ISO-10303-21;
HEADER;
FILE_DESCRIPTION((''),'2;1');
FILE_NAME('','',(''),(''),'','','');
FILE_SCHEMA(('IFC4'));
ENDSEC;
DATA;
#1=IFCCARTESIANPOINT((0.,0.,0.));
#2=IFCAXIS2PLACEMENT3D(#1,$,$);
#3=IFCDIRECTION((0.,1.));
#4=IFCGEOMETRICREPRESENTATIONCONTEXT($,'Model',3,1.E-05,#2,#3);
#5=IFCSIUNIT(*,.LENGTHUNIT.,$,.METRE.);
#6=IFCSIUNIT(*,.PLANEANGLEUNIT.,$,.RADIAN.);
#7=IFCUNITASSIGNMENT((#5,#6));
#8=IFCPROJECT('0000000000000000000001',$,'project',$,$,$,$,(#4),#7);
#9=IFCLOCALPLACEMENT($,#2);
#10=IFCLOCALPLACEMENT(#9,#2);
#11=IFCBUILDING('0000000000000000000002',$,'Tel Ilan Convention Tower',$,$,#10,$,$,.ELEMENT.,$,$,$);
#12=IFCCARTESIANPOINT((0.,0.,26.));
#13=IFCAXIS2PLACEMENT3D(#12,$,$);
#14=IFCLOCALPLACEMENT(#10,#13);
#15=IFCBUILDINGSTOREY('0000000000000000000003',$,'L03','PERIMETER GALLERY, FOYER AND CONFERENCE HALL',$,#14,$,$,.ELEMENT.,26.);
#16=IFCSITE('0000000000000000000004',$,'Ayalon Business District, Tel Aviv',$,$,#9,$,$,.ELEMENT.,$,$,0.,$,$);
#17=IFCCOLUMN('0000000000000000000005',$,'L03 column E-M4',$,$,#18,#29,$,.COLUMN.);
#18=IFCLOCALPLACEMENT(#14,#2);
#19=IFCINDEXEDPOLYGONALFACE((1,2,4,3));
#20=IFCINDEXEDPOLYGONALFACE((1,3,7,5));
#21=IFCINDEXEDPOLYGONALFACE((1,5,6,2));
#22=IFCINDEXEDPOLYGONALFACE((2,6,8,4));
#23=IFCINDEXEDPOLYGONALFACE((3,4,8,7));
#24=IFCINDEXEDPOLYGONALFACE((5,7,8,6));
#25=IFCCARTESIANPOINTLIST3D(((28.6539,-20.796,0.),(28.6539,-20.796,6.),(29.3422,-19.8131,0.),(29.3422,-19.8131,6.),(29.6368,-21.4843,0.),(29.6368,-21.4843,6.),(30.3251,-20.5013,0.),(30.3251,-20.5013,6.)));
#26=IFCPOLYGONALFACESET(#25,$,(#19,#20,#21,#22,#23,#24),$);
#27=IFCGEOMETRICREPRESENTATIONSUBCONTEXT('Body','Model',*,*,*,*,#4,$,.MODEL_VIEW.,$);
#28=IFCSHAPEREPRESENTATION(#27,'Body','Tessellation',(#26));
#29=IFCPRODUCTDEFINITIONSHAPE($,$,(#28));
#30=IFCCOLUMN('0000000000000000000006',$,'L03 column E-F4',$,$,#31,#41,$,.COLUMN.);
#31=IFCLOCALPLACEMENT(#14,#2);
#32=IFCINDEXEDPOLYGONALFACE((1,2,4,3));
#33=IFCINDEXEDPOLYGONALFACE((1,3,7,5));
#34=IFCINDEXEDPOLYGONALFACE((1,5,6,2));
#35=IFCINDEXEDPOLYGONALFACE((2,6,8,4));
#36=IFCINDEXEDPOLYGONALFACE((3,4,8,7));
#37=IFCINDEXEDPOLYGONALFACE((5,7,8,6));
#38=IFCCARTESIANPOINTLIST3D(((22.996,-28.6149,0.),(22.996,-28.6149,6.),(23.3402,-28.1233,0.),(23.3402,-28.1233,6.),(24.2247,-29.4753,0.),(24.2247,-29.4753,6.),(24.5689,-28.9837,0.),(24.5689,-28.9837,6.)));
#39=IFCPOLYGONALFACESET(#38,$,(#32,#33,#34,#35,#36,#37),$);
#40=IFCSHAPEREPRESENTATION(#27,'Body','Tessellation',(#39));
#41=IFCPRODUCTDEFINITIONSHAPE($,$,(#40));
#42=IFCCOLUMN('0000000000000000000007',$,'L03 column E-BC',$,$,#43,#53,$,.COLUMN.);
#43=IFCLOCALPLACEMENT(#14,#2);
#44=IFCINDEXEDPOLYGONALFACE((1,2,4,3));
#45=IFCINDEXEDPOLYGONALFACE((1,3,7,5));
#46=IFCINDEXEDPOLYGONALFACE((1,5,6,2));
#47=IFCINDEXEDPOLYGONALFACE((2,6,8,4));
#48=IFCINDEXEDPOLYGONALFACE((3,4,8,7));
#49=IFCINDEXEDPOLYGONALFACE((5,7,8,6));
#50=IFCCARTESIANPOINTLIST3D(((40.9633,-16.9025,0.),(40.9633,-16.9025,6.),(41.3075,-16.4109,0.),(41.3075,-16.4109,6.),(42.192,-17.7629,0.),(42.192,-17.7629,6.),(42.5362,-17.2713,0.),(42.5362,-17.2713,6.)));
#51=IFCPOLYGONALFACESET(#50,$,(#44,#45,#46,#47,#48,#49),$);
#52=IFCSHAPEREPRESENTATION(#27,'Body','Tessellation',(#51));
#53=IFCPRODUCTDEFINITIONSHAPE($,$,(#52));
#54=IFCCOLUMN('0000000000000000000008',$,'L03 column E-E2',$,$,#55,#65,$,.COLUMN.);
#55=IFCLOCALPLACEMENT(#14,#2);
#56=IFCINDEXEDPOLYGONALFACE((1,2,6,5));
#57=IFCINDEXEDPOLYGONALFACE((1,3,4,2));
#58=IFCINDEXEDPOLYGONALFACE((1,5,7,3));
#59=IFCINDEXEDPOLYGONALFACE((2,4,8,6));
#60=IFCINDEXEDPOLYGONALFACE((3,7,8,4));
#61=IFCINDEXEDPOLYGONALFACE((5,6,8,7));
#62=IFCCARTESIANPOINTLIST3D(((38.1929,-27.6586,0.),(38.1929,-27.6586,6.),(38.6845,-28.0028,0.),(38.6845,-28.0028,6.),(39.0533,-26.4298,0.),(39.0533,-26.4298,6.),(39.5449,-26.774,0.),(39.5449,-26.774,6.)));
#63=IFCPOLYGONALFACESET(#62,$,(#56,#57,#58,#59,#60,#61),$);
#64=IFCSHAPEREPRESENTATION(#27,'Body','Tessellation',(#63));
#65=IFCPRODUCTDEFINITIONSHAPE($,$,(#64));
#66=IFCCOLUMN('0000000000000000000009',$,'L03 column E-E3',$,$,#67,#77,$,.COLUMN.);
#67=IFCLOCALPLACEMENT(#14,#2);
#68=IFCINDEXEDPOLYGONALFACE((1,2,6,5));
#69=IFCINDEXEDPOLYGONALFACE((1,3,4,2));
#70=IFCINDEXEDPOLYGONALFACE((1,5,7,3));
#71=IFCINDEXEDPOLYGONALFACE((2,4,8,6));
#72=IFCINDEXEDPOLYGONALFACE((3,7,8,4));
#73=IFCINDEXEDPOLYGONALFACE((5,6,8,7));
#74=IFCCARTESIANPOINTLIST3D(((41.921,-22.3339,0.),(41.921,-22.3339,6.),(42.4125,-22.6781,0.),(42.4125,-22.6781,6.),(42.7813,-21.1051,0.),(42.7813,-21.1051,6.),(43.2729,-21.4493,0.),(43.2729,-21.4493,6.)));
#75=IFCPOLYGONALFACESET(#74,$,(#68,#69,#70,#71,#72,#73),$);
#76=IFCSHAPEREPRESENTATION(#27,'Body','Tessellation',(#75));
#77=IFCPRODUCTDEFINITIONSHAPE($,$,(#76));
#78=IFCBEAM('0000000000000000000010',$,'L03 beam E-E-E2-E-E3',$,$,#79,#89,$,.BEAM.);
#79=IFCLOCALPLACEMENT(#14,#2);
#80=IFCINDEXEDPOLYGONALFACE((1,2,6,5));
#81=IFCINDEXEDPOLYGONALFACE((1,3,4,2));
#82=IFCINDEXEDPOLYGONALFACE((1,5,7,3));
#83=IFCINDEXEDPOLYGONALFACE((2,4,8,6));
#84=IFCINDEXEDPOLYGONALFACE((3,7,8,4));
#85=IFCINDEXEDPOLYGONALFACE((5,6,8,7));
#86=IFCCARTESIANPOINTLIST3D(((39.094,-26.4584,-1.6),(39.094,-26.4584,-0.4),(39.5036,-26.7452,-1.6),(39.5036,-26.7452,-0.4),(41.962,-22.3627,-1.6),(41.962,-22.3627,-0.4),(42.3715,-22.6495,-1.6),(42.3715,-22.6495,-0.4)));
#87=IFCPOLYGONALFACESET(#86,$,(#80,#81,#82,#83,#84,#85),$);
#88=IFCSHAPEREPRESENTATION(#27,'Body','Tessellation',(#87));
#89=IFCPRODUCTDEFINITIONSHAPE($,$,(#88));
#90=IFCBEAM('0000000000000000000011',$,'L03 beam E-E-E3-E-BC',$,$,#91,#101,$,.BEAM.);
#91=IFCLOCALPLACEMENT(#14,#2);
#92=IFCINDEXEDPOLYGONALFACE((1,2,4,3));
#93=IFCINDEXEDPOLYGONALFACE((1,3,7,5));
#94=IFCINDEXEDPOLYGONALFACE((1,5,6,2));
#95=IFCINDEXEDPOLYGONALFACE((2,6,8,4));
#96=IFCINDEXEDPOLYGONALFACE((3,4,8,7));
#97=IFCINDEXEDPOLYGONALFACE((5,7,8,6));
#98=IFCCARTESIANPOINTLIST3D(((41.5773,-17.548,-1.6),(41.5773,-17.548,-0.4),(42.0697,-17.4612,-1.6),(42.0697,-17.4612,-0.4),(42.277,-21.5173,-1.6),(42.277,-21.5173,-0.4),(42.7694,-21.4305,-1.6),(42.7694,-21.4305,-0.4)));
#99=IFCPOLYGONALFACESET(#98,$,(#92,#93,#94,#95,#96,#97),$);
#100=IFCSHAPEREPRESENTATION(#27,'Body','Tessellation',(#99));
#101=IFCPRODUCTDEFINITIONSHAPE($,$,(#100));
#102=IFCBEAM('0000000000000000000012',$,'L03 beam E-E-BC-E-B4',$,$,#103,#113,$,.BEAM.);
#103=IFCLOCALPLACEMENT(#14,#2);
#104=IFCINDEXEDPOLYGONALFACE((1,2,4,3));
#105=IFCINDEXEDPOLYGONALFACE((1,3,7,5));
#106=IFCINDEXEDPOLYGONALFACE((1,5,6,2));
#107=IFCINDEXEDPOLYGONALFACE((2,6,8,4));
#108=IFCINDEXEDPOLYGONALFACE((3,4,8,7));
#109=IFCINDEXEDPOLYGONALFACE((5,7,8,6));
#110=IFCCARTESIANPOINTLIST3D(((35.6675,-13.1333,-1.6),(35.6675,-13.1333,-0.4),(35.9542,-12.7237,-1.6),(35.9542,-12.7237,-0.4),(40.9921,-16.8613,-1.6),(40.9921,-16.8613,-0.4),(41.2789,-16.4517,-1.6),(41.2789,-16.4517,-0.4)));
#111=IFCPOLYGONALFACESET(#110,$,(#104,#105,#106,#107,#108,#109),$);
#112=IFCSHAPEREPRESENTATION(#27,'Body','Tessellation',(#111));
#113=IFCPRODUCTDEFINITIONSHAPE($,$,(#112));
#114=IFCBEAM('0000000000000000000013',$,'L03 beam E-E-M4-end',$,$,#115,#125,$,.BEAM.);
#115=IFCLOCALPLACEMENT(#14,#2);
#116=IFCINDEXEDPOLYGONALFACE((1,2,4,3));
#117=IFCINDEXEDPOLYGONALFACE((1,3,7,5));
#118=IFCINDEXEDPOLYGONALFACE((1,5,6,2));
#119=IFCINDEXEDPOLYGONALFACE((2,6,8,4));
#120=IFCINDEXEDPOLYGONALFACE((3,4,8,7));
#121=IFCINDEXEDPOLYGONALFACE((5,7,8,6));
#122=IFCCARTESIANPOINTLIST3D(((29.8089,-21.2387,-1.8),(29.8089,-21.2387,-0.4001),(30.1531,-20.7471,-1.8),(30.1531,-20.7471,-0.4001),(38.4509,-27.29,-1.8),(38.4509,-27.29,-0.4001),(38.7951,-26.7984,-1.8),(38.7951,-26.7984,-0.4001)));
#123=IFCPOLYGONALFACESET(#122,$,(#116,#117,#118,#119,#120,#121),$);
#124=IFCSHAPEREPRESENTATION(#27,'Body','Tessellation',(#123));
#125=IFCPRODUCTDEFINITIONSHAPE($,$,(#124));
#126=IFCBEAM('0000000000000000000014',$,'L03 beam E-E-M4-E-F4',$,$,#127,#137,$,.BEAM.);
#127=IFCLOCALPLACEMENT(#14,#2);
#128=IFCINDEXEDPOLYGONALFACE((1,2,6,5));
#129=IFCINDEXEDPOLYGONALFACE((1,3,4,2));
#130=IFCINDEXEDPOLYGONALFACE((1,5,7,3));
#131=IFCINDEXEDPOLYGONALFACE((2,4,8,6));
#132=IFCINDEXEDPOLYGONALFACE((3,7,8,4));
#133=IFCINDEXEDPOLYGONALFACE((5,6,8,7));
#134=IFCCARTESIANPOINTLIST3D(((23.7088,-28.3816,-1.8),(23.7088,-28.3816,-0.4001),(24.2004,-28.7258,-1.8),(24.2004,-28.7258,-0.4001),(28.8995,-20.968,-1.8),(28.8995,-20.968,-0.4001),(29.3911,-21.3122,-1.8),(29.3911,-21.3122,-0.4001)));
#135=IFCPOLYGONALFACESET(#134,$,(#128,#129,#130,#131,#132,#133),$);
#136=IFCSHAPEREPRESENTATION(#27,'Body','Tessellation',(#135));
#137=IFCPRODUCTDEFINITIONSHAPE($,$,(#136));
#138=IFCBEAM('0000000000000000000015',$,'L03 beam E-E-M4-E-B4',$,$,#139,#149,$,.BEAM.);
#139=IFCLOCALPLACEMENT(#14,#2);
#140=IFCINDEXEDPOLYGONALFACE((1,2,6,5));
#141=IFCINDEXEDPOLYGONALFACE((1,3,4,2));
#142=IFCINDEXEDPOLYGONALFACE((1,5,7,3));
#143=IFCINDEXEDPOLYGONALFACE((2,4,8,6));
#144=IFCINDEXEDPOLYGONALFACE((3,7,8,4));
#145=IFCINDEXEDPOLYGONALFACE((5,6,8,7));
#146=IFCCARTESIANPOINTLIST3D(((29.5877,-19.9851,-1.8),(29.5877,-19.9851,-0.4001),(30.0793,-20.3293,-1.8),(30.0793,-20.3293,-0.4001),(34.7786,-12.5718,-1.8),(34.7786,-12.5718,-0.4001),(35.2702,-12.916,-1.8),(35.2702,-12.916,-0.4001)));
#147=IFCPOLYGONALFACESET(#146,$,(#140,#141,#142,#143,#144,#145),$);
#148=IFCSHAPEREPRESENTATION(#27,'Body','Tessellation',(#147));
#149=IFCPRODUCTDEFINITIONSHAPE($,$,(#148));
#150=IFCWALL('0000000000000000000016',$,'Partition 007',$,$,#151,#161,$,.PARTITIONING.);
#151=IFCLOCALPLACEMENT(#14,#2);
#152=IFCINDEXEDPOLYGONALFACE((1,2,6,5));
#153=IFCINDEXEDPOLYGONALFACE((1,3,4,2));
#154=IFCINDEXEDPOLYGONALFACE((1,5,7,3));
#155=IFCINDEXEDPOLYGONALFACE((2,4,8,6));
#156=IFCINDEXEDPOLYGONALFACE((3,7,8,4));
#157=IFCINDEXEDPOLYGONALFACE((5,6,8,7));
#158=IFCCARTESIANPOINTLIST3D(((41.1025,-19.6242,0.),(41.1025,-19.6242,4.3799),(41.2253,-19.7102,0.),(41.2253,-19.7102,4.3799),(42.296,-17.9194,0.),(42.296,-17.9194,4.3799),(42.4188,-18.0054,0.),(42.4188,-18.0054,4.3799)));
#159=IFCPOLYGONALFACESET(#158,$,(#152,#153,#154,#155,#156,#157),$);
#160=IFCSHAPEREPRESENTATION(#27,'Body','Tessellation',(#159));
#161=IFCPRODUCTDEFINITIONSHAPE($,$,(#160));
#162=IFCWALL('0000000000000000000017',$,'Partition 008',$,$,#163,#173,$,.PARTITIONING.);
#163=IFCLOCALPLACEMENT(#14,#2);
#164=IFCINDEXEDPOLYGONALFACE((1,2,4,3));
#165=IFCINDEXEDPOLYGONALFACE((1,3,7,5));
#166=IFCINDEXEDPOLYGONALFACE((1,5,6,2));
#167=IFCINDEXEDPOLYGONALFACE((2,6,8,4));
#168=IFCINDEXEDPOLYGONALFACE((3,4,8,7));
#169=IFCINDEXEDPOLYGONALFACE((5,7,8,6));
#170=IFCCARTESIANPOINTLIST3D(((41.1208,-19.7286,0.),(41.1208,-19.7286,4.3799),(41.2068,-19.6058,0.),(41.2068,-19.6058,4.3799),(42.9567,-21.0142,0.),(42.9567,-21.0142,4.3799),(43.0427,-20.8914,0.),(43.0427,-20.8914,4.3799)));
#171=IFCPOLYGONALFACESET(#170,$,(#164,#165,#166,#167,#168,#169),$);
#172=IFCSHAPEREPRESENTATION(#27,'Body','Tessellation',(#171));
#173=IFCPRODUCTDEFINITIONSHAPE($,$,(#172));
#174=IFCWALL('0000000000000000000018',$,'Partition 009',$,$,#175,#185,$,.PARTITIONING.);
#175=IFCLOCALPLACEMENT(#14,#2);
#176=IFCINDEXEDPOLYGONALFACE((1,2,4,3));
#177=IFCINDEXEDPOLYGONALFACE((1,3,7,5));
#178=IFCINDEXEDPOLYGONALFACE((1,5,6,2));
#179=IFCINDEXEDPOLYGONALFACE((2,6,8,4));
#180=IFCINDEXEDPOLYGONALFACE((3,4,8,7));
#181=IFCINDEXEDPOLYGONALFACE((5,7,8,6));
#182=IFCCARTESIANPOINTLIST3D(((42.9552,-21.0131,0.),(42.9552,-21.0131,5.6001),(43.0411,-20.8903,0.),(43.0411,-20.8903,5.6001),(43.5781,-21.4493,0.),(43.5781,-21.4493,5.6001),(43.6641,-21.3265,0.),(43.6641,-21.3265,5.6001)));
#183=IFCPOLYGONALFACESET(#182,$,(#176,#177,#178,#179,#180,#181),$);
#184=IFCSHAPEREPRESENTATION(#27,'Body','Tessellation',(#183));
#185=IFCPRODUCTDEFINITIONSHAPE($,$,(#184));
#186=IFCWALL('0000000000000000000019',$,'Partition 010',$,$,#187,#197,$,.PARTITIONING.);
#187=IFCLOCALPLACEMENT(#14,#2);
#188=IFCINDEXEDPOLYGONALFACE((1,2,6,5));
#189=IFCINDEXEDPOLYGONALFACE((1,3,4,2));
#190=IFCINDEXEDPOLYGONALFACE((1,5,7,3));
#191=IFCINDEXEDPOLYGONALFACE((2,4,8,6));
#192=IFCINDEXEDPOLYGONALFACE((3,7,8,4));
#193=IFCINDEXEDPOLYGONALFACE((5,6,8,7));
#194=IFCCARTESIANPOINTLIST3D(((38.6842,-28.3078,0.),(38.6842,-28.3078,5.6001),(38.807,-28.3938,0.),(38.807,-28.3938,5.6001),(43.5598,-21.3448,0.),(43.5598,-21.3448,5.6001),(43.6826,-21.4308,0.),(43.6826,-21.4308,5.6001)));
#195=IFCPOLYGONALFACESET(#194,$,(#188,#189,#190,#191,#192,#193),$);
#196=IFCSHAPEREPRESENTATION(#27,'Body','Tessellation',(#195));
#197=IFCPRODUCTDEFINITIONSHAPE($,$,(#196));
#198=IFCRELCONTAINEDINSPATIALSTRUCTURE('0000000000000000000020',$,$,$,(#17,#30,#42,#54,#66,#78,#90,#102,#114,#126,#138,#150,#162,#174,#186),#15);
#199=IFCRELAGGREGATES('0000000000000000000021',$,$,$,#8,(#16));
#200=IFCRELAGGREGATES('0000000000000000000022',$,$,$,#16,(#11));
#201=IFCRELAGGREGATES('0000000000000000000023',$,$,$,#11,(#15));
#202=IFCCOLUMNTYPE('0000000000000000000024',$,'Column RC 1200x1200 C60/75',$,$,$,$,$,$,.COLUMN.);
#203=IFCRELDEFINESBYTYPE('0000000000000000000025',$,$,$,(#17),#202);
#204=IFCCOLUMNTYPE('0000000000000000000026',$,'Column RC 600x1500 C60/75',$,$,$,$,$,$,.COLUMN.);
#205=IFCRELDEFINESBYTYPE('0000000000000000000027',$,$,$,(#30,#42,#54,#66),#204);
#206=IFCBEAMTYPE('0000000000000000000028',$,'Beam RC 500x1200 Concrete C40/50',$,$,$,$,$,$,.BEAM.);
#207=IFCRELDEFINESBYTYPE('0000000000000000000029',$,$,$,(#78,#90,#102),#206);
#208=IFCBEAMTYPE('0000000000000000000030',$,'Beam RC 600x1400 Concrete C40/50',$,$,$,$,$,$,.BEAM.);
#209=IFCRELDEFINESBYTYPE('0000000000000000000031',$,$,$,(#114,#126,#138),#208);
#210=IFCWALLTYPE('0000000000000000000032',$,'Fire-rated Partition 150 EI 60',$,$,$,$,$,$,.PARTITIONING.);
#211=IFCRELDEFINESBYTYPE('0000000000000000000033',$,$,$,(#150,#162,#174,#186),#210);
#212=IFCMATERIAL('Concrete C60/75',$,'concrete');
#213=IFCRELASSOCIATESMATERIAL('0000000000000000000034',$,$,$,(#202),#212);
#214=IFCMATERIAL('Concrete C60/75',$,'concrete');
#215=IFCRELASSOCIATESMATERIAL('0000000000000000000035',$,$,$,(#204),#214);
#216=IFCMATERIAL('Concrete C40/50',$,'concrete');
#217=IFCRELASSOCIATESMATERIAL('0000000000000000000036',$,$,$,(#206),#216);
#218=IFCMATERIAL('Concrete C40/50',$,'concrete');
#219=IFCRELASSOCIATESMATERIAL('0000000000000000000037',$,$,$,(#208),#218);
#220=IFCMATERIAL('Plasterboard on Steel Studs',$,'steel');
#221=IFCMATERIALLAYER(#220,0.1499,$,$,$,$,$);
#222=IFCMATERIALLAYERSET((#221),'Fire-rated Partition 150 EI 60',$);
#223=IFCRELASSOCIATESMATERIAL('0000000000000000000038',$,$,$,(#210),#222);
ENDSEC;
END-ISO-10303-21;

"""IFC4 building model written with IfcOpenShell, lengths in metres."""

from ifc_helpers import new_model, si_unit, direction, frame, frame_2d, origin, origin_2d, place, context, subcontext, project, spatial, rectangle, extrude, material, layer, layer_set, material_profile, profile_set, type_object, element, save


model = new_model("IFC4")

# Units and contexts
model_context = context("Model", 3, precision=1e-05, world=origin(), true_north=direction((0.0, 1.0)))
body_context = subcontext(model_context, "Body", "Model", "MODEL_VIEW")
ifc_project = project(units=[si_unit("LENGTHUNIT", "METRE"), si_unit("PLANEANGLEUNIT", "RADIAN")], contexts=[model_context])

# Site, building, storey
site_placement = place(None, origin())
site = spatial("IfcSite", under=ifc_project, at=site_placement, Name="Ayalon Business District, Tel Aviv", CompositionType="ELEMENT", RefElevation=0.0)
building_placement = place(site_placement, origin())
building = spatial("IfcBuilding", under=site, at=building_placement, Name="Tel Ilan Convention Tower", CompositionType="ELEMENT")
storey_placement = place(building_placement, frame((0.0, 0.0, 26.0)))
storey = spatial("IfcBuildingStorey", under=building, at=storey_placement, Name="L03", Description="PERIMETER GALLERY, FOYER AND CONFERENCE HALL", CompositionType="ELEMENT", Elevation=26.0)

# Columns
ifc_material_1 = material(Name="Concrete C60/75", Category="concrete")
ifc_material_profile_1 = material_profile(ifc_material_1, rectangle(XDim=1.2, YDim=1.2, at=origin_2d()), Name="RC 1200x1200")
ifc_profile_set_1 = profile_set([ifc_material_profile_1], Name="Concrete C60/75")
column_type_1 = type_object("IfcColumnType", Name="Column RC 1200x1200 C60/75", PredefinedType="COLUMN", material=ifc_profile_set_1)
column_placement = place(storey_placement, frame((29.4895, -20.6487, 0.0), z_axis=(0.0, 0.0, 1.0), x_axis=(0.819152, -0.573576, 0.0)))
element("IfcColumn", 1, at=column_placement, inside=storey, type_object=column_type_1, Name="L03 column E-M4", PredefinedType="COLUMN", context=body_context, shape_type="SweptSolid", body=[
    extrude(rectangle(XDim=1.2, YDim=1.2, at=origin_2d()), origin(), (0.0, 0.0, 1.0), 6.0),
])
ifc_material_2 = material(Name="Concrete C60/75", Category="concrete")
ifc_material_profile_2 = material_profile(ifc_material_2, rectangle(XDim=1.5, YDim=0.6001, at=origin_2d()), Name="RC 600x1500")
ifc_profile_set_2 = profile_set([ifc_material_profile_2], Name="Concrete C60/75")
column_type_2 = type_object("IfcColumnType", Name="Column RC 600x1500 C60/75", PredefinedType="COLUMN", material=ifc_profile_set_2)
for number, where, z_axis, x_axis, name in (
    (2, (23.7825, -28.7993, 0.0), (0.0, 0.0, 1.0), (0.819152, -0.573576, 0.0), "L03 column E-F4"),
    (3, (41.7498, -17.0869, 0.0), (0.0, 0.0, 1.0), (0.819152, -0.573576, 0.0), "L03 column E-BC"),
    (4, (38.8689, -27.2163, 0.0), (0.0, 0.0, 1.0), (0.573576, 0.819152, 0.0), "L03 column E-E2"),
    (5, (42.5969, -21.8916, 0.0), (0.0, 0.0, 1.0), (0.573576, 0.819152, 0.0), "L03 column E-E3"),
):
    element("IfcColumn", number, at=place(storey_placement, frame(where, z_axis=z_axis, x_axis=x_axis)), inside=storey, type_object=column_type_2, Name=name, PredefinedType="COLUMN", context=body_context, shape_type="SweptSolid", body=[
        extrude(rectangle(XDim=1.5, YDim=0.6001, at=origin_2d()), origin(), (0.0, 0.0, 1.0), 6.0),
    ])

# Beams
ifc_material_3 = material(Name="Concrete C40/50", Category="concrete")
ifc_material_profile_3 = material_profile(ifc_material_3, rectangle(XDim=0.5, YDim=1.2, at=origin_2d()), Name="RC 500x1200")
ifc_profile_set_3 = profile_set([ifc_material_profile_3], Name="Concrete C40/50")
beam_type_1 = type_object("IfcBeamType", Name="Beam RC 500x1200 Concrete C40/50", PredefinedType="BEAM", material=ifc_profile_set_3)
beam_1_placement = place(storey_placement, frame((39.2988, -26.6018, -1.0), z_axis=(0.573587, 0.819145, 0.0), x_axis=(-0.819145, 0.573587, 0.0)))
element("IfcBeam", 6, at=beam_1_placement, inside=storey, type_object=beam_type_1, Name="L03 beam E-E-E2-E-E3", PredefinedType="BEAM", context=body_context, shape_type="SweptSolid", body=[
    extrude(rectangle(XDim=0.5, YDim=1.2, at=origin_2d()), origin(), (0.0, 0.0, 1.0), 5.0),
])
beam_2_placement = place(storey_placement, frame((42.5232, -21.4739, -1.0), z_axis=(-0.173606, 0.984815, 0.0), x_axis=(-0.984815, -0.173606, 0.0)))
element("IfcBeam", 7, at=beam_2_placement, inside=storey, type_object=beam_type_1, Name="L03 beam E-E-E3-E-BC", PredefinedType="BEAM", context=body_context, shape_type="SweptSolid", body=[
    extrude(rectangle(XDim=0.5, YDim=1.2, at=origin_2d()), origin(), (0.0, 0.0, 1.0), 4.0305),
])
beam_3_placement = place(storey_placement, frame((41.1355, -16.6565, -1.0), z_axis=(-0.819179, 0.573538, 0.0), x_axis=(-0.573538, -0.819179, 0.0)))
element("IfcBeam", 8, at=beam_3_placement, inside=storey, type_object=beam_type_1, Name="L03 beam E-E-BC-E-B4", PredefinedType="BEAM", context=body_context, shape_type="SweptSolid", body=[
    extrude(rectangle(XDim=0.5, YDim=1.2, at=origin_2d()), origin(), (0.0, 0.0, 1.0), 6.5),
])
ifc_material_4 = material(Name="Concrete C40/50", Category="concrete")
ifc_material_profile_4 = material_profile(ifc_material_4, rectangle(XDim=0.6001, YDim=1.3999, at=origin_2d()), Name="RC 600x1400")
ifc_profile_set_4 = profile_set([ifc_material_profile_4], Name="Concrete C40/50")
beam_type_2 = type_object("IfcBeamType", Name="Beam RC 600x1400 Concrete C40/50", PredefinedType="BEAM", material=ifc_profile_set_4)
beam_4_placement = place(storey_placement, frame((29.981, -20.9929, -1.1001), z_axis=(0.819151, -0.573577, 0.0), x_axis=(0.573577, 0.819151, 0.0)))
element("IfcBeam", 9, at=beam_4_placement, inside=storey, type_object=beam_type_2, Name="L03 beam E-E-M4-end", PredefinedType="BEAM", context=body_context, shape_type="SweptSolid", body=[
    extrude(rectangle(XDim=0.6001, YDim=1.3999, at=origin_2d()), origin(), (0.0, 0.0, 1.0), 10.55),
])
for number, where, z_axis, x_axis, name in (
    (10, (29.1453, -21.1401, -1.1001), (-0.573549, -0.819171, 0.0), (0.819171, -0.573549, 0.0), "L03 beam E-E-M4-E-F4"),
    (11, (29.8335, -20.1572, -1.1001), (0.57358, 0.81915, 0.0), (-0.81915, 0.57358, 0.0), "L03 beam E-E-M4-E-B4"),
):
    element("IfcBeam", number, at=place(storey_placement, frame(where, z_axis=z_axis, x_axis=x_axis)), inside=storey, type_object=beam_type_2, Name=name, PredefinedType="BEAM", context=body_context, shape_type="SweptSolid", body=[
        extrude(rectangle(XDim=0.6001, YDim=1.3999, at=origin_2d()), origin(), (0.0, 0.0, 1.0), 9.05),
    ])

# Walls
ifc_material_5 = material(Name="Plasterboard on Steel Studs", Category="steel")
ifc_layer = layer(ifc_material_5, 0.1499)
ifc_layer_set = layer_set([ifc_layer], Name="Fire-rated Partition 150 EI 60")
wall_type = type_object("IfcWallType", Name="Fire-rated Partition 150 EI 60", PredefinedType="PARTITIONING", material=ifc_layer_set)
wall_1_placement = place(storey_placement, frame((42.3574, -17.9624, 0.0), z_axis=(0.0, 0.0, 1.0), x_axis=(-0.573533, -0.819182, 0.0)))
element("IfcWall", 12, at=wall_1_placement, inside=storey, type_object=wall_type, Name="Partition 007", PredefinedType="PARTITIONING", context=body_context, shape_type="SweptSolid", body=[
    extrude(rectangle(XDim=2.0811, YDim=0.1499, at=frame_2d((1.0405, 0.0))), origin(), (0.0, 0.0, 1.0), 4.3799),
])
wall_2_placement = place(storey_placement, frame((41.1638, -19.6672, 0.0), z_axis=(0.0, 0.0, 1.0), x_axis=(0.81913, -0.573609, 0.0)))
element("IfcWall", 13, at=wall_2_placement, inside=storey, type_object=wall_type, Name="Partition 008", PredefinedType="PARTITIONING", context=body_context, shape_type="SweptSolid", body=[
    extrude(rectangle(XDim=2.2412, YDim=0.1499, at=frame_2d((1.1206, 0.0))), origin(), (0.0, 0.0, 1.0), 4.3799),
])
wall_3_placement = place(storey_placement, frame((42.998, -20.9517, 0.0), z_axis=(0.0, 0.0, 1.0), x_axis=(0.819141, -0.573592, 0.0)))
element("IfcWall", 14, at=wall_3_placement, inside=storey, type_object=wall_type, Name="Partition 009", PredefinedType="PARTITIONING", context=body_context, shape_type="SweptSolid", body=[
    extrude(rectangle(XDim=0.7605, YDim=0.1499, at=frame_2d((0.3804, 0.0))), origin(), (0.0, 0.0, 1.0), 5.6001),
])
wall_4_placement = place(storey_placement, frame((43.6211, -21.3879, 0.0), z_axis=(0.0, 0.0, 1.0), x_axis=(-0.573578, -0.819151, 0.0)))
element("IfcWall", 15, at=wall_4_placement, inside=storey, type_object=wall_type, Name="Partition 010", PredefinedType="PARTITIONING", context=body_context, shape_type="SweptSolid", body=[
    extrude(rectangle(XDim=8.5002, YDim=0.1499, at=frame_2d((4.25, 0.0))), origin(), (0.0, 0.0, 1.0), 5.6001),
])

save(model, "model.ifc")
